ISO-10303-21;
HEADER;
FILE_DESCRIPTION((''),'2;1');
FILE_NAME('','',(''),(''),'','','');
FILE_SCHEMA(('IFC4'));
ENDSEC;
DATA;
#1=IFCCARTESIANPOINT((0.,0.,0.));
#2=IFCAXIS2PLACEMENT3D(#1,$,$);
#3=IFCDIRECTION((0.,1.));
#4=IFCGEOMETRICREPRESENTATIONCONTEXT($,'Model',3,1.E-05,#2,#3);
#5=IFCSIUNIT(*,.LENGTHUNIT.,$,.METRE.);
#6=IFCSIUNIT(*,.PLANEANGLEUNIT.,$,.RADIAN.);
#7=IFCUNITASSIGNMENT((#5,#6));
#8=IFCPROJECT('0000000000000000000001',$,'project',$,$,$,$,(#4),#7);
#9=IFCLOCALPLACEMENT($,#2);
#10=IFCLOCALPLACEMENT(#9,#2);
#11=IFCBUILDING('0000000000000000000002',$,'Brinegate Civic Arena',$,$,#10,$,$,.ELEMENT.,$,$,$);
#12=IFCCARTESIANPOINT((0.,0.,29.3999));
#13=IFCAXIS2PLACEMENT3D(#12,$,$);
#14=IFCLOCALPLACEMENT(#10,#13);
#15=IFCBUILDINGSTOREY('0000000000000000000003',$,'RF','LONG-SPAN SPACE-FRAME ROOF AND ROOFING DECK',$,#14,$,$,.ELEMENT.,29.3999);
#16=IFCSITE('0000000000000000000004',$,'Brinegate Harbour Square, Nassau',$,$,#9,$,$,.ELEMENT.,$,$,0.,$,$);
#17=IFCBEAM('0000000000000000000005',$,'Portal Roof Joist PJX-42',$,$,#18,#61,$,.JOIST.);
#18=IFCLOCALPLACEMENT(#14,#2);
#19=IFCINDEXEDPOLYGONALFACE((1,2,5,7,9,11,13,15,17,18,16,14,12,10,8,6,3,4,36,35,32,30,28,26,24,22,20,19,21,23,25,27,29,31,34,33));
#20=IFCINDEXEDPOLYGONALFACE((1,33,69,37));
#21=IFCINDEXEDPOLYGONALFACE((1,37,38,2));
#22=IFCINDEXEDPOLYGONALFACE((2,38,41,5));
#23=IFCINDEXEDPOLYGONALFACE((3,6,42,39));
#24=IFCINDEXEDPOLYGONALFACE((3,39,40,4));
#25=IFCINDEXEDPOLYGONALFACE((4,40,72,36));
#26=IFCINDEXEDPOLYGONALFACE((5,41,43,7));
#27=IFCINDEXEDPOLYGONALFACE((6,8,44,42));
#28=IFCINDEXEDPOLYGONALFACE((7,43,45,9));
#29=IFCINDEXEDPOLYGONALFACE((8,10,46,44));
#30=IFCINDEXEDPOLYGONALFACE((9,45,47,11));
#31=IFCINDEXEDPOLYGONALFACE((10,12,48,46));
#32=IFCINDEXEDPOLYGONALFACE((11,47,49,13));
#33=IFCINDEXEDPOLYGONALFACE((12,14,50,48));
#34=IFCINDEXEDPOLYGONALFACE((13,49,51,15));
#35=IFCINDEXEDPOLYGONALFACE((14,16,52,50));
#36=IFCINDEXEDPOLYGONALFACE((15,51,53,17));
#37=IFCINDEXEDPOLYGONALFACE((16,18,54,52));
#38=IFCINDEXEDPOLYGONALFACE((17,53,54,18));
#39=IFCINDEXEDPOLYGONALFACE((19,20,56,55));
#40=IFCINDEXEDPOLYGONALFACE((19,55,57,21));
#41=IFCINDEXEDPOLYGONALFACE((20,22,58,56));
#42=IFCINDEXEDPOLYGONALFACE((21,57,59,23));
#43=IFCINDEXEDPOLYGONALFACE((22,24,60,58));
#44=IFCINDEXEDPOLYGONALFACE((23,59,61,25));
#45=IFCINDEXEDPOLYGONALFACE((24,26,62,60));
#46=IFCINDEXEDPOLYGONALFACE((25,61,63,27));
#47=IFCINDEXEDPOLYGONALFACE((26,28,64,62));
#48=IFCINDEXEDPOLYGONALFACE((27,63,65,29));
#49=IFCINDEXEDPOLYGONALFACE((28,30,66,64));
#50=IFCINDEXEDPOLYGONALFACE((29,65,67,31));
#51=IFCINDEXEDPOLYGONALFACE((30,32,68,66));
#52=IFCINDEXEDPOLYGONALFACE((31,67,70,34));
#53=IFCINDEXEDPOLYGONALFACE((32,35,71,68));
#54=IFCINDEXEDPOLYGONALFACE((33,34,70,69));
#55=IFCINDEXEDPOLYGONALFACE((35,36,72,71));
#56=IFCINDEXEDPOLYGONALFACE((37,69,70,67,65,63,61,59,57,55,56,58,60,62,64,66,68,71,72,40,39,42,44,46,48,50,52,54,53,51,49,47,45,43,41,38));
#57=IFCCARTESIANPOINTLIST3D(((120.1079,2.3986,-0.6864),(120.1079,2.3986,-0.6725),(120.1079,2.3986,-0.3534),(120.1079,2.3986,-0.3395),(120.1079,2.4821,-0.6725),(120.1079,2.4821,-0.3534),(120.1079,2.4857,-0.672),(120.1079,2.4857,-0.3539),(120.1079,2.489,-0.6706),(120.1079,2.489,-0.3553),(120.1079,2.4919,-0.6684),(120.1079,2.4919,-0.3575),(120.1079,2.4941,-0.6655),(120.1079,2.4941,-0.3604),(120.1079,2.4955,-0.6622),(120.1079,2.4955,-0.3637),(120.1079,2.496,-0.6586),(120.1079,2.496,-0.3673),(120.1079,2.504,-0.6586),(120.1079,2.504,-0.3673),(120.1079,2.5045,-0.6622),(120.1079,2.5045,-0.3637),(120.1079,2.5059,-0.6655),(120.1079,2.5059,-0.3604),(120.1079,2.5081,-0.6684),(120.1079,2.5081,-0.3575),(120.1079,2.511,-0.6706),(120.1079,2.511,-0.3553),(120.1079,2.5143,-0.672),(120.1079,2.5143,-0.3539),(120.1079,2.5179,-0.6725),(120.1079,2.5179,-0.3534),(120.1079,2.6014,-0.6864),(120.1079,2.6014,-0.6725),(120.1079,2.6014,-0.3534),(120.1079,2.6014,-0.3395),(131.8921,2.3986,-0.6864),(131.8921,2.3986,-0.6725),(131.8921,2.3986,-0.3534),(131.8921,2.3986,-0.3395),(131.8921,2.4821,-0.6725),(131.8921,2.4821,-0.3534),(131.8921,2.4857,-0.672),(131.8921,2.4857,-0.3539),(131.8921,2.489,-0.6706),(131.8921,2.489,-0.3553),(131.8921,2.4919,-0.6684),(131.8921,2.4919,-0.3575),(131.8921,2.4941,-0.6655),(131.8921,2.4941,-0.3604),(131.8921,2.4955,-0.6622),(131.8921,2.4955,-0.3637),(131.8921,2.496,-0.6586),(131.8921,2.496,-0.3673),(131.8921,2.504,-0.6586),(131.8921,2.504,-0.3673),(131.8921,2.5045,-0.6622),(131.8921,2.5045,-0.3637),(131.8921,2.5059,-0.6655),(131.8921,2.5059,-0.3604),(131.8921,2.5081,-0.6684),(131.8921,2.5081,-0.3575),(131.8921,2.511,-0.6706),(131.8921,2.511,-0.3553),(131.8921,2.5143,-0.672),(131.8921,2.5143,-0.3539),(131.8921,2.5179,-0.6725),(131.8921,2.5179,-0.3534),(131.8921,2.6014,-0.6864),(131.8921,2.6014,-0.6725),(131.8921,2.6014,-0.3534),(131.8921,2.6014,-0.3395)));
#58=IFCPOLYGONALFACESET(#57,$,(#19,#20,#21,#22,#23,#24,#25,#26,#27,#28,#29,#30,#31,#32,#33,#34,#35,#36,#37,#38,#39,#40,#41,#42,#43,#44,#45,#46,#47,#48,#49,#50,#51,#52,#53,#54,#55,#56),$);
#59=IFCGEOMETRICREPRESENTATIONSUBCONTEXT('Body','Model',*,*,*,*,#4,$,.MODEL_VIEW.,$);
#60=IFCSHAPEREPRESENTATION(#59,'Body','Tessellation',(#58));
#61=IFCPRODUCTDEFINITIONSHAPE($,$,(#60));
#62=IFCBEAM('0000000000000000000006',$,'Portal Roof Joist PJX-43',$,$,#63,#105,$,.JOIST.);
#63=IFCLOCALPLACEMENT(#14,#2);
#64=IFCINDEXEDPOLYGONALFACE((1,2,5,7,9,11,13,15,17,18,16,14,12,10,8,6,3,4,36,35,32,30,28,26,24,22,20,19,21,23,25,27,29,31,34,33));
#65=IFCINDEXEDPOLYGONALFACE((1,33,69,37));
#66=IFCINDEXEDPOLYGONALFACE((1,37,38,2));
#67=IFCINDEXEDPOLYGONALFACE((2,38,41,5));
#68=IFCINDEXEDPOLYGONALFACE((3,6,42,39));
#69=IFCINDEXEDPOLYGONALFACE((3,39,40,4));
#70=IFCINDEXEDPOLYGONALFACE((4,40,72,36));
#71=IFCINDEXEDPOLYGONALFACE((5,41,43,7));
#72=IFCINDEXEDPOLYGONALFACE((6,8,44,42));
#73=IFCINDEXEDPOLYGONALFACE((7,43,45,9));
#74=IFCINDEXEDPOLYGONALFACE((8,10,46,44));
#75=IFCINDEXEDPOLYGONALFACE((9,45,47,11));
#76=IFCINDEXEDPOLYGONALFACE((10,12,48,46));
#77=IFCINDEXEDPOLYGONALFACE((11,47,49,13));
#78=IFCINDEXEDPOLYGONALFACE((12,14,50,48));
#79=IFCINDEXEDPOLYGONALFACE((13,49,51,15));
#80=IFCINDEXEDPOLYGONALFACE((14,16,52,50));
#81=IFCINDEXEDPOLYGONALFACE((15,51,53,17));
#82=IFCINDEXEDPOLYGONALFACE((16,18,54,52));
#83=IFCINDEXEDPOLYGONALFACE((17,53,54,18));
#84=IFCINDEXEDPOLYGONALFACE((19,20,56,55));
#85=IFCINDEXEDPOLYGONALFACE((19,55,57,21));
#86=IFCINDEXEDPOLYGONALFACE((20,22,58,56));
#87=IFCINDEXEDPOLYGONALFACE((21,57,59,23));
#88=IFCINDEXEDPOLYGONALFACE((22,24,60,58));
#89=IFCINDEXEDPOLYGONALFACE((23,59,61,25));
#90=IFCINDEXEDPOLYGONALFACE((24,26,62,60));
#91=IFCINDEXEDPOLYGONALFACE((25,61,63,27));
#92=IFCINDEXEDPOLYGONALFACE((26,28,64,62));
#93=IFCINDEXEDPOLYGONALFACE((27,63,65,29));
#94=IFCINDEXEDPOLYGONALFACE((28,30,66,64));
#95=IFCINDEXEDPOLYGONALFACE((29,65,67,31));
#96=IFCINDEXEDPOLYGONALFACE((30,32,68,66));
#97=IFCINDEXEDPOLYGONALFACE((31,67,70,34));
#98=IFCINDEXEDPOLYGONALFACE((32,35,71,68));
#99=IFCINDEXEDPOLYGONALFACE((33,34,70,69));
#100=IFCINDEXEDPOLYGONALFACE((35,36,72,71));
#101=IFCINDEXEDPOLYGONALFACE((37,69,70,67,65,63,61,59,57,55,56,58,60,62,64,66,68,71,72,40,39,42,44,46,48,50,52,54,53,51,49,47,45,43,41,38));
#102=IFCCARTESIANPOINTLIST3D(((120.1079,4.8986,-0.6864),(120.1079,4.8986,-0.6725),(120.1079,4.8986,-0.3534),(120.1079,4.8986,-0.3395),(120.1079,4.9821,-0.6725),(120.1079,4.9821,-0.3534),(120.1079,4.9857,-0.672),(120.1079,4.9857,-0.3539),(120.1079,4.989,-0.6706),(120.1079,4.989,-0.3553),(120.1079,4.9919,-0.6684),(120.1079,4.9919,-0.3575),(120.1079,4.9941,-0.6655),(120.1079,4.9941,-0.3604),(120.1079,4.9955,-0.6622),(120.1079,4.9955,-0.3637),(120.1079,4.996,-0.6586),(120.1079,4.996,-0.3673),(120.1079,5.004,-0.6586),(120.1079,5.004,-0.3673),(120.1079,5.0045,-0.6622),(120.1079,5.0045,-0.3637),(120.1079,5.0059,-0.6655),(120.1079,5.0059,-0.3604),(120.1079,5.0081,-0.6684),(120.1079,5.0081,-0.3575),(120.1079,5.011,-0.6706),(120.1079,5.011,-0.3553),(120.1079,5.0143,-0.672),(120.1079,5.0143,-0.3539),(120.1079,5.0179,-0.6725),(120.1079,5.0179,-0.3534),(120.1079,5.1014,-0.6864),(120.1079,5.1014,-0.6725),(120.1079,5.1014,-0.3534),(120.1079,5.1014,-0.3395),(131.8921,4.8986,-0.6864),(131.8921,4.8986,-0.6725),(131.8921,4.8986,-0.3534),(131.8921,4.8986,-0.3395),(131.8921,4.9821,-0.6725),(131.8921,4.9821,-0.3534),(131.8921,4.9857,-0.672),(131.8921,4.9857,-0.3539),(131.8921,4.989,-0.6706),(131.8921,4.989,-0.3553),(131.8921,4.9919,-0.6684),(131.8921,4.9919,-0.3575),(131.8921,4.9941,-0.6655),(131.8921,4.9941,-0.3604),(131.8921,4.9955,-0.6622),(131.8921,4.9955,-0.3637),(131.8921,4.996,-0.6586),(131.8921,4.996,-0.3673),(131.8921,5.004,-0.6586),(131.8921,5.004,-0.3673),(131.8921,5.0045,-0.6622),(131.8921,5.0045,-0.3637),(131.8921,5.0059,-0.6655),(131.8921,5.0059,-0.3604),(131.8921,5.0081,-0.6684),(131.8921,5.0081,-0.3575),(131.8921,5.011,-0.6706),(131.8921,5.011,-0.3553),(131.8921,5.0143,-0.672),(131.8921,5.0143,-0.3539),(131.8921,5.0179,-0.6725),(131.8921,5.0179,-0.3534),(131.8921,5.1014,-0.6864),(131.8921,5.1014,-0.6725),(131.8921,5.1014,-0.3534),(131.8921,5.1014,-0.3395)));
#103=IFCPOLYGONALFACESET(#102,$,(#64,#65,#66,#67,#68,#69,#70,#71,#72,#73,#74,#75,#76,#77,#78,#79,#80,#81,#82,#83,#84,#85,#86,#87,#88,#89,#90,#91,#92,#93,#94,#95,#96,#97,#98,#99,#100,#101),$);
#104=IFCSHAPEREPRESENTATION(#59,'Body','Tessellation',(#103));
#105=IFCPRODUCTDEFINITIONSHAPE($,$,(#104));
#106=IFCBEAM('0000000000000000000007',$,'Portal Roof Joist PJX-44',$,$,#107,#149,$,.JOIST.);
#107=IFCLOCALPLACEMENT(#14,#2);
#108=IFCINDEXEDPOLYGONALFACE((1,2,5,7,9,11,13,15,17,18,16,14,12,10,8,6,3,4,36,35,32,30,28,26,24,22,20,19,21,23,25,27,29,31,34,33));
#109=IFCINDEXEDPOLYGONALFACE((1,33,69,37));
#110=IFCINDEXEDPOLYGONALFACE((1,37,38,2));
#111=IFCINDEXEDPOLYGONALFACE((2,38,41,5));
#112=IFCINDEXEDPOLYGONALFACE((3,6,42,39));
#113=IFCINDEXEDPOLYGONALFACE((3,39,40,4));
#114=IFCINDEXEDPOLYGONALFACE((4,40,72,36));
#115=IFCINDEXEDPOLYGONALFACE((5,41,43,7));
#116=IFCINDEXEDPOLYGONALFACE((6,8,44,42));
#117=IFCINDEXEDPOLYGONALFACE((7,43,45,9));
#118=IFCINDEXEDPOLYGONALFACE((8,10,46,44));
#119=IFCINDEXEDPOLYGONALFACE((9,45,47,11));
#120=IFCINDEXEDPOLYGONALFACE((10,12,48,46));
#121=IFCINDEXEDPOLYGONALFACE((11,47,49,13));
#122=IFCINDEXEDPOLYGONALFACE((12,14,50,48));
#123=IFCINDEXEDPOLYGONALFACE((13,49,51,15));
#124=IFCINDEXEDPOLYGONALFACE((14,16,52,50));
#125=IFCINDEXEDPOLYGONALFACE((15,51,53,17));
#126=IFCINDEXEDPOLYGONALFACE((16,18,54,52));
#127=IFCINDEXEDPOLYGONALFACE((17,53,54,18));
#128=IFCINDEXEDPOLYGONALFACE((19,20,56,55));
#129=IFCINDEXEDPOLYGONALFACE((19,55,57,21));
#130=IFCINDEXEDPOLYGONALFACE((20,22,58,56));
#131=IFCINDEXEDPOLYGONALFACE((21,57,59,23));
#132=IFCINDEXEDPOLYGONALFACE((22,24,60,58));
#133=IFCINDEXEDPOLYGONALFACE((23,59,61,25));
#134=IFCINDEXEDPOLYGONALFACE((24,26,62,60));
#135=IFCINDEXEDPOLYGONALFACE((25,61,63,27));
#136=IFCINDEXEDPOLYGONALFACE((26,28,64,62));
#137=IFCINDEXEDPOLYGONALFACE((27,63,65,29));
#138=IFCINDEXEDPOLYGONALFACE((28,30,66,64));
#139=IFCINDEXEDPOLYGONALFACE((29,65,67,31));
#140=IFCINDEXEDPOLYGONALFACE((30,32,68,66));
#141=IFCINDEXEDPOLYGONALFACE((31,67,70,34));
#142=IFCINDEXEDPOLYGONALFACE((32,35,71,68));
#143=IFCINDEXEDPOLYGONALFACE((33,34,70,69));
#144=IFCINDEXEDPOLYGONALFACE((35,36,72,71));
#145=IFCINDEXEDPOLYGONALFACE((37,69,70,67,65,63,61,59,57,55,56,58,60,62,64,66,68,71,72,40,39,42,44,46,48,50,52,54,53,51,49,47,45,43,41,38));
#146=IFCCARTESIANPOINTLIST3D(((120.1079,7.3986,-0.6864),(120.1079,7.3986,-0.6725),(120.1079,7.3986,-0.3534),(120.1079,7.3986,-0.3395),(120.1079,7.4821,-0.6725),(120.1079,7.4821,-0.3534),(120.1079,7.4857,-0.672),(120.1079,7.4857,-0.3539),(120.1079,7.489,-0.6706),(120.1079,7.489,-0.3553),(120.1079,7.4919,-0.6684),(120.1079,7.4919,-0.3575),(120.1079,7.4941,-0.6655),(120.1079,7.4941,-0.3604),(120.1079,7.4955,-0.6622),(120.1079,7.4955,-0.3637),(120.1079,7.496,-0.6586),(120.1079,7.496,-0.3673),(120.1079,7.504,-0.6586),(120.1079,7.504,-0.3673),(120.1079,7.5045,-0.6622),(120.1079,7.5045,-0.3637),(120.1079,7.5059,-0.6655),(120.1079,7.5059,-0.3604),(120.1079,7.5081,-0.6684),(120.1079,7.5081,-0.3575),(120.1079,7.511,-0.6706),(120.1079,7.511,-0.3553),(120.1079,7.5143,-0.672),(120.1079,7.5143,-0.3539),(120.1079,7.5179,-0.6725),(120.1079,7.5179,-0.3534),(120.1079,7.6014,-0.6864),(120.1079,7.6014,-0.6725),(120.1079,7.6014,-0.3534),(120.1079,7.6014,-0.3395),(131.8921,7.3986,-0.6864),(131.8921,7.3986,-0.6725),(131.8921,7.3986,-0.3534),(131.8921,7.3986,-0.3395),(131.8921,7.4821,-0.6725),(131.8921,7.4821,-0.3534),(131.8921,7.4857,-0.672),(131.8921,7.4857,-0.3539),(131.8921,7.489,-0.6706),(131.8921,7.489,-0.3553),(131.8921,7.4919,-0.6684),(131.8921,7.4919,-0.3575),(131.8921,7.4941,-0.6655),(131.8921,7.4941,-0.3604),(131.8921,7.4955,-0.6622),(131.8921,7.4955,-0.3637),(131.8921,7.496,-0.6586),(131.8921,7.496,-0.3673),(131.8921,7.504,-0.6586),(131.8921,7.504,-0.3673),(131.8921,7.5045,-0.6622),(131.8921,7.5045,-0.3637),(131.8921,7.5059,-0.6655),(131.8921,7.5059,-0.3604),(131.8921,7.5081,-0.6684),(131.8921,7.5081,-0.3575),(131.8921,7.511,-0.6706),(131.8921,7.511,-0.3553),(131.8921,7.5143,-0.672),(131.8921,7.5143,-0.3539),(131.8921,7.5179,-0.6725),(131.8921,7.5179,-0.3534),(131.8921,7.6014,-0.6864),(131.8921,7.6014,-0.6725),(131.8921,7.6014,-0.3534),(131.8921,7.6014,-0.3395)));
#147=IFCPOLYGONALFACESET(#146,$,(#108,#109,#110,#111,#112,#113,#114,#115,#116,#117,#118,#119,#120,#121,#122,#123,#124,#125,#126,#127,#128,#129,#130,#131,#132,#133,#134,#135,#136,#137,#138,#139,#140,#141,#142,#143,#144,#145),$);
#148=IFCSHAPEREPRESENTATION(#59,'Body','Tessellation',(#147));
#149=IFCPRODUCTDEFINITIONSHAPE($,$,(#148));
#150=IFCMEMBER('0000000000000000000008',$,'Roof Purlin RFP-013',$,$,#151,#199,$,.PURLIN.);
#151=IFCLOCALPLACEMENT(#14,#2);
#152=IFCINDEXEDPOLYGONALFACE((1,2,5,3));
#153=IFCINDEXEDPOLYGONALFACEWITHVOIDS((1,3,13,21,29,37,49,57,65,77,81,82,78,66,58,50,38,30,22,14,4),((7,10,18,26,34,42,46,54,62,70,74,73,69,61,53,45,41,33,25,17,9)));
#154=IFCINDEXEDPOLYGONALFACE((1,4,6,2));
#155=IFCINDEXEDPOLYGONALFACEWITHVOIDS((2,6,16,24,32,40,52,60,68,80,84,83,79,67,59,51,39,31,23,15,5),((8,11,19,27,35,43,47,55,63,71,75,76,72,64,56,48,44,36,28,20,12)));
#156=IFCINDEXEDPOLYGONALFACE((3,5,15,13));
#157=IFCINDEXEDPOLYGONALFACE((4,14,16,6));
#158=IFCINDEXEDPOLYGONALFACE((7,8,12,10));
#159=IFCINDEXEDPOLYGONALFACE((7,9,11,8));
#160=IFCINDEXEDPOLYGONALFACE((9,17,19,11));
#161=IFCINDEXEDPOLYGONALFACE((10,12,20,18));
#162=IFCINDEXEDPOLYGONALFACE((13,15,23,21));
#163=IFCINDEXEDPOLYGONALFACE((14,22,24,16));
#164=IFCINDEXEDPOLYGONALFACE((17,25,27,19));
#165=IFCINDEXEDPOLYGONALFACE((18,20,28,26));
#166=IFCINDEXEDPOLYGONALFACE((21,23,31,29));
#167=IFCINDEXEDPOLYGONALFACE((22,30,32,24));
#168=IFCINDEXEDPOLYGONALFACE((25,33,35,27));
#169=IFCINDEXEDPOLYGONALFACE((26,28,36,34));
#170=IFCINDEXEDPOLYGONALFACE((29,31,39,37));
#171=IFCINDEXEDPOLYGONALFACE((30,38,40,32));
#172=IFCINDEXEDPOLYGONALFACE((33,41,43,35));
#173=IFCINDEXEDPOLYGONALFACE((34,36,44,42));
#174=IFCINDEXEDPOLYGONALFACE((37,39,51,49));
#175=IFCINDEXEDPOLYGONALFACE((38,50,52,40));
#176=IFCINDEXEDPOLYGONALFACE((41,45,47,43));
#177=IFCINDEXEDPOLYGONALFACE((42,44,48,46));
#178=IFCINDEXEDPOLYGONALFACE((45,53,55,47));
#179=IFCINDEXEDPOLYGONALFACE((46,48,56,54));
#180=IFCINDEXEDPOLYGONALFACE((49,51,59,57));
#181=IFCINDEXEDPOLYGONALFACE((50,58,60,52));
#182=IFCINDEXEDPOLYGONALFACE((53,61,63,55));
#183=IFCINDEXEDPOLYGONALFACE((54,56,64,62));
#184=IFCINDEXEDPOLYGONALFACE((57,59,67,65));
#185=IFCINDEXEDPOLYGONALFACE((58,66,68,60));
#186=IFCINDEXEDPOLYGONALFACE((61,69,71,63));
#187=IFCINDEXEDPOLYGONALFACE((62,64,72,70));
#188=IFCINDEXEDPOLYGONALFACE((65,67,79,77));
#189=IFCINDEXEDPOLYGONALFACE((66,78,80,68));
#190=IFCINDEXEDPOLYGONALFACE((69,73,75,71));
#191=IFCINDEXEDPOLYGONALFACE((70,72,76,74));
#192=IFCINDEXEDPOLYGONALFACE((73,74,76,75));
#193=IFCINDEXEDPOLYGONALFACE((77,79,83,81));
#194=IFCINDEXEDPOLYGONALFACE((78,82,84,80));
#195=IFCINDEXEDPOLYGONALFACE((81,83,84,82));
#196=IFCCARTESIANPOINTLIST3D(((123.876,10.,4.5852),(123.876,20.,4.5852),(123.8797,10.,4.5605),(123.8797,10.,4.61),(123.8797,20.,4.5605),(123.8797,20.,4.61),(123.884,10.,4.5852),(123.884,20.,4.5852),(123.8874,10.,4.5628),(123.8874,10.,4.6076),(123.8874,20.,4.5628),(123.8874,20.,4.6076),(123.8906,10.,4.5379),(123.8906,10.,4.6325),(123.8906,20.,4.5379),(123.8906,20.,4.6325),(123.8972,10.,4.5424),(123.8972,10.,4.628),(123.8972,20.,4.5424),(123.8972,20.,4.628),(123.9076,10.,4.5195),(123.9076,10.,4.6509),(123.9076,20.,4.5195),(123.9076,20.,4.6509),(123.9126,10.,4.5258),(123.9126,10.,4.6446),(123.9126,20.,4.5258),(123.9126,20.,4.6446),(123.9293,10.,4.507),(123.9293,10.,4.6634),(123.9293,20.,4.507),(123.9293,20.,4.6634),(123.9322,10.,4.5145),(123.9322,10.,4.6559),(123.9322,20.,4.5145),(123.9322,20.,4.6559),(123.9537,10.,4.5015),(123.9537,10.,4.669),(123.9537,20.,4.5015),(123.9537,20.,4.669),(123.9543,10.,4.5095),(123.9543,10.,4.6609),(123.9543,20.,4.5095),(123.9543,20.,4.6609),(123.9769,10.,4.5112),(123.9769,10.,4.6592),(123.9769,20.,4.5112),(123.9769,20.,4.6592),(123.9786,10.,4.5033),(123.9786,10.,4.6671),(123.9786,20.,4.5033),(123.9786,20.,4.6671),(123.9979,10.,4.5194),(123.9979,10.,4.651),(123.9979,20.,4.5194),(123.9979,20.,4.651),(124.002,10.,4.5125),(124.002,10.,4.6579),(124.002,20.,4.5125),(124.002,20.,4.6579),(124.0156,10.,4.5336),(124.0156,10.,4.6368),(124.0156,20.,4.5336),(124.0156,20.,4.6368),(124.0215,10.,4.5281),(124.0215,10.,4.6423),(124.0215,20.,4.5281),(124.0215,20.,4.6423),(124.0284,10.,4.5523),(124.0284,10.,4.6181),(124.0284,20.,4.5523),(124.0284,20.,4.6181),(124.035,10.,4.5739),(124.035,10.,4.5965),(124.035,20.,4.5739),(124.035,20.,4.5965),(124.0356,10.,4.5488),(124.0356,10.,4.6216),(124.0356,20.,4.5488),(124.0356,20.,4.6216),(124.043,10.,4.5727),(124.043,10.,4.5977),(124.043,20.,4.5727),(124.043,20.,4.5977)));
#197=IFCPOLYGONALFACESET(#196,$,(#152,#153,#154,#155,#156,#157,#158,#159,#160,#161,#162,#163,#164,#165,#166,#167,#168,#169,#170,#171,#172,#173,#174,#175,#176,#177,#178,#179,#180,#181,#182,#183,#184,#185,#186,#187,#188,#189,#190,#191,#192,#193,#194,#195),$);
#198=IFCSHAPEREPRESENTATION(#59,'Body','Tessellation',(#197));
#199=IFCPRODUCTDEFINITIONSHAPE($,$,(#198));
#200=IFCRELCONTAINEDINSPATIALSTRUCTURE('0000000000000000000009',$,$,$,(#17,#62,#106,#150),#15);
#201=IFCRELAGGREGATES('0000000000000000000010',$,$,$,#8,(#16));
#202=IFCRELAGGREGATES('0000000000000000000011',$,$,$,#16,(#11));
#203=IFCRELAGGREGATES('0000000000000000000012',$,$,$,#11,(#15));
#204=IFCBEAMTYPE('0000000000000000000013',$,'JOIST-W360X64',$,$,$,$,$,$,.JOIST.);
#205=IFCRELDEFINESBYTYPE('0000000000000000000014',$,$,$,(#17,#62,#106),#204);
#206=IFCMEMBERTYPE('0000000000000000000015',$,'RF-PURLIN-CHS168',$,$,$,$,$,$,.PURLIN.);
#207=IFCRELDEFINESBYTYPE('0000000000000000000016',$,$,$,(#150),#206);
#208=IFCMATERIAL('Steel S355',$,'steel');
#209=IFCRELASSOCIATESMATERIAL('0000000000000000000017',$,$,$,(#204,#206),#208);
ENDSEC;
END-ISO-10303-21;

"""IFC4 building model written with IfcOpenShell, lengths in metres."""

from ifc_helpers import new_model, si_unit, direction, frame, origin, origin_2d, place, context, subcontext, project, spatial, hollow_circle, i_section, extrude, material, material_profile, profile_set, type_object, element, save


model = new_model("IFC4")

# Units and contexts
model_context = context("Model", 3, precision=1e-05, world=origin(), true_north=direction((0.0, 1.0)))
body_context = subcontext(model_context, "Body", "Model", "MODEL_VIEW")
ifc_project = project(units=[si_unit("LENGTHUNIT", "METRE"), si_unit("PLANEANGLEUNIT", "RADIAN")], contexts=[model_context])

# Site, building, storey
site_placement = place(None, origin())
site = spatial("IfcSite", under=ifc_project, at=site_placement, Name="Brinegate Harbour Square, Nassau", CompositionType="ELEMENT", RefElevation=0.0)
building_placement = place(site_placement, origin())
building = spatial("IfcBuilding", under=site, at=building_placement, Name="Brinegate Civic Arena", CompositionType="ELEMENT")
storey_placement = place(building_placement, frame((0.0, 0.0, 29.3999)))
storey = spatial("IfcBuildingStorey", under=building, at=storey_placement, Name="RF", Description="LONG-SPAN SPACE-FRAME ROOF AND ROOFING DECK", CompositionType="ELEMENT", Elevation=29.3999)

# Beams
ifc_material_1 = material(Name="Steel S355", Category="steel")
ifc_material_profile_1 = material_profile(ifc_material_1, i_section(OverallWidth=0.2029, OverallDepth=0.3469, WebThickness=0.0081, FlangeThickness=0.0139, FilletRadius=0.0139, at=origin_2d()), Name="W360X64")
ifc_profile_set_1 = profile_set([ifc_material_profile_1], Name="Steel S355")
beam_type_1 = type_object("IfcBeamType", Name="JOIST-W360X64", PredefinedType="JOIST", material=ifc_profile_set_1)
for number, where, z_axis, x_axis, name in (
    (1, (120.1079, 2.5, -0.5129), (1.0, 0.0, 0.0), (0.0, 1.0, 0.0), "Portal Roof Joist PJX-42"),
    (2, (120.1079, 5.0, -0.5129), (1.0, 0.0, 0.0), (0.0, 1.0, 0.0), "Portal Roof Joist PJX-43"),
    (3, (120.1079, 7.5, -0.5129), (1.0, 0.0, 0.0), (0.0, 1.0, 0.0), "Portal Roof Joist PJX-44"),
):
    element("IfcBeam", number, at=place(storey_placement, frame(where, z_axis=z_axis, x_axis=x_axis)), inside=storey, type_object=beam_type_1, Name=name, PredefinedType="JOIST", context=body_context, shape_type="SweptSolid", body=[
        extrude(i_section(OverallWidth=0.2029, OverallDepth=0.3469, WebThickness=0.0081, FlangeThickness=0.0139, FilletRadius=0.0139, at=origin_2d()), origin(), (0.0, 0.0, 1.0), 11.7842),
    ])

# Member
ifc_material_profile_2 = material_profile(ifc_material_1, hollow_circle(Radius=0.084, WallThickness=0.0081, at=origin_2d()), Name="CHS168X8")
ifc_profile_set_2 = profile_set([ifc_material_profile_2], Name="Steel S355")
member_type_1 = type_object("IfcMemberType", Name="RF-PURLIN-CHS168", PredefinedType="PURLIN", material=ifc_profile_set_2)
member_1_placement = place(storey_placement, frame((123.96, 10.0, 4.5852), z_axis=(0.0, 1.0, 0.0), x_axis=(-1.0, 0.0, 0.0)))
element("IfcMember", 4, at=member_1_placement, inside=storey, type_object=member_type_1, Name="Roof Purlin RFP-013", PredefinedType="PURLIN", context=body_context, shape_type="SweptSolid", body=[
    extrude(hollow_circle(Radius=0.084, WallThickness=0.0081, at=origin_2d()), origin(), (0.0, 0.0, 1.0), 10.0),
])

save(model, "model.ifc")
